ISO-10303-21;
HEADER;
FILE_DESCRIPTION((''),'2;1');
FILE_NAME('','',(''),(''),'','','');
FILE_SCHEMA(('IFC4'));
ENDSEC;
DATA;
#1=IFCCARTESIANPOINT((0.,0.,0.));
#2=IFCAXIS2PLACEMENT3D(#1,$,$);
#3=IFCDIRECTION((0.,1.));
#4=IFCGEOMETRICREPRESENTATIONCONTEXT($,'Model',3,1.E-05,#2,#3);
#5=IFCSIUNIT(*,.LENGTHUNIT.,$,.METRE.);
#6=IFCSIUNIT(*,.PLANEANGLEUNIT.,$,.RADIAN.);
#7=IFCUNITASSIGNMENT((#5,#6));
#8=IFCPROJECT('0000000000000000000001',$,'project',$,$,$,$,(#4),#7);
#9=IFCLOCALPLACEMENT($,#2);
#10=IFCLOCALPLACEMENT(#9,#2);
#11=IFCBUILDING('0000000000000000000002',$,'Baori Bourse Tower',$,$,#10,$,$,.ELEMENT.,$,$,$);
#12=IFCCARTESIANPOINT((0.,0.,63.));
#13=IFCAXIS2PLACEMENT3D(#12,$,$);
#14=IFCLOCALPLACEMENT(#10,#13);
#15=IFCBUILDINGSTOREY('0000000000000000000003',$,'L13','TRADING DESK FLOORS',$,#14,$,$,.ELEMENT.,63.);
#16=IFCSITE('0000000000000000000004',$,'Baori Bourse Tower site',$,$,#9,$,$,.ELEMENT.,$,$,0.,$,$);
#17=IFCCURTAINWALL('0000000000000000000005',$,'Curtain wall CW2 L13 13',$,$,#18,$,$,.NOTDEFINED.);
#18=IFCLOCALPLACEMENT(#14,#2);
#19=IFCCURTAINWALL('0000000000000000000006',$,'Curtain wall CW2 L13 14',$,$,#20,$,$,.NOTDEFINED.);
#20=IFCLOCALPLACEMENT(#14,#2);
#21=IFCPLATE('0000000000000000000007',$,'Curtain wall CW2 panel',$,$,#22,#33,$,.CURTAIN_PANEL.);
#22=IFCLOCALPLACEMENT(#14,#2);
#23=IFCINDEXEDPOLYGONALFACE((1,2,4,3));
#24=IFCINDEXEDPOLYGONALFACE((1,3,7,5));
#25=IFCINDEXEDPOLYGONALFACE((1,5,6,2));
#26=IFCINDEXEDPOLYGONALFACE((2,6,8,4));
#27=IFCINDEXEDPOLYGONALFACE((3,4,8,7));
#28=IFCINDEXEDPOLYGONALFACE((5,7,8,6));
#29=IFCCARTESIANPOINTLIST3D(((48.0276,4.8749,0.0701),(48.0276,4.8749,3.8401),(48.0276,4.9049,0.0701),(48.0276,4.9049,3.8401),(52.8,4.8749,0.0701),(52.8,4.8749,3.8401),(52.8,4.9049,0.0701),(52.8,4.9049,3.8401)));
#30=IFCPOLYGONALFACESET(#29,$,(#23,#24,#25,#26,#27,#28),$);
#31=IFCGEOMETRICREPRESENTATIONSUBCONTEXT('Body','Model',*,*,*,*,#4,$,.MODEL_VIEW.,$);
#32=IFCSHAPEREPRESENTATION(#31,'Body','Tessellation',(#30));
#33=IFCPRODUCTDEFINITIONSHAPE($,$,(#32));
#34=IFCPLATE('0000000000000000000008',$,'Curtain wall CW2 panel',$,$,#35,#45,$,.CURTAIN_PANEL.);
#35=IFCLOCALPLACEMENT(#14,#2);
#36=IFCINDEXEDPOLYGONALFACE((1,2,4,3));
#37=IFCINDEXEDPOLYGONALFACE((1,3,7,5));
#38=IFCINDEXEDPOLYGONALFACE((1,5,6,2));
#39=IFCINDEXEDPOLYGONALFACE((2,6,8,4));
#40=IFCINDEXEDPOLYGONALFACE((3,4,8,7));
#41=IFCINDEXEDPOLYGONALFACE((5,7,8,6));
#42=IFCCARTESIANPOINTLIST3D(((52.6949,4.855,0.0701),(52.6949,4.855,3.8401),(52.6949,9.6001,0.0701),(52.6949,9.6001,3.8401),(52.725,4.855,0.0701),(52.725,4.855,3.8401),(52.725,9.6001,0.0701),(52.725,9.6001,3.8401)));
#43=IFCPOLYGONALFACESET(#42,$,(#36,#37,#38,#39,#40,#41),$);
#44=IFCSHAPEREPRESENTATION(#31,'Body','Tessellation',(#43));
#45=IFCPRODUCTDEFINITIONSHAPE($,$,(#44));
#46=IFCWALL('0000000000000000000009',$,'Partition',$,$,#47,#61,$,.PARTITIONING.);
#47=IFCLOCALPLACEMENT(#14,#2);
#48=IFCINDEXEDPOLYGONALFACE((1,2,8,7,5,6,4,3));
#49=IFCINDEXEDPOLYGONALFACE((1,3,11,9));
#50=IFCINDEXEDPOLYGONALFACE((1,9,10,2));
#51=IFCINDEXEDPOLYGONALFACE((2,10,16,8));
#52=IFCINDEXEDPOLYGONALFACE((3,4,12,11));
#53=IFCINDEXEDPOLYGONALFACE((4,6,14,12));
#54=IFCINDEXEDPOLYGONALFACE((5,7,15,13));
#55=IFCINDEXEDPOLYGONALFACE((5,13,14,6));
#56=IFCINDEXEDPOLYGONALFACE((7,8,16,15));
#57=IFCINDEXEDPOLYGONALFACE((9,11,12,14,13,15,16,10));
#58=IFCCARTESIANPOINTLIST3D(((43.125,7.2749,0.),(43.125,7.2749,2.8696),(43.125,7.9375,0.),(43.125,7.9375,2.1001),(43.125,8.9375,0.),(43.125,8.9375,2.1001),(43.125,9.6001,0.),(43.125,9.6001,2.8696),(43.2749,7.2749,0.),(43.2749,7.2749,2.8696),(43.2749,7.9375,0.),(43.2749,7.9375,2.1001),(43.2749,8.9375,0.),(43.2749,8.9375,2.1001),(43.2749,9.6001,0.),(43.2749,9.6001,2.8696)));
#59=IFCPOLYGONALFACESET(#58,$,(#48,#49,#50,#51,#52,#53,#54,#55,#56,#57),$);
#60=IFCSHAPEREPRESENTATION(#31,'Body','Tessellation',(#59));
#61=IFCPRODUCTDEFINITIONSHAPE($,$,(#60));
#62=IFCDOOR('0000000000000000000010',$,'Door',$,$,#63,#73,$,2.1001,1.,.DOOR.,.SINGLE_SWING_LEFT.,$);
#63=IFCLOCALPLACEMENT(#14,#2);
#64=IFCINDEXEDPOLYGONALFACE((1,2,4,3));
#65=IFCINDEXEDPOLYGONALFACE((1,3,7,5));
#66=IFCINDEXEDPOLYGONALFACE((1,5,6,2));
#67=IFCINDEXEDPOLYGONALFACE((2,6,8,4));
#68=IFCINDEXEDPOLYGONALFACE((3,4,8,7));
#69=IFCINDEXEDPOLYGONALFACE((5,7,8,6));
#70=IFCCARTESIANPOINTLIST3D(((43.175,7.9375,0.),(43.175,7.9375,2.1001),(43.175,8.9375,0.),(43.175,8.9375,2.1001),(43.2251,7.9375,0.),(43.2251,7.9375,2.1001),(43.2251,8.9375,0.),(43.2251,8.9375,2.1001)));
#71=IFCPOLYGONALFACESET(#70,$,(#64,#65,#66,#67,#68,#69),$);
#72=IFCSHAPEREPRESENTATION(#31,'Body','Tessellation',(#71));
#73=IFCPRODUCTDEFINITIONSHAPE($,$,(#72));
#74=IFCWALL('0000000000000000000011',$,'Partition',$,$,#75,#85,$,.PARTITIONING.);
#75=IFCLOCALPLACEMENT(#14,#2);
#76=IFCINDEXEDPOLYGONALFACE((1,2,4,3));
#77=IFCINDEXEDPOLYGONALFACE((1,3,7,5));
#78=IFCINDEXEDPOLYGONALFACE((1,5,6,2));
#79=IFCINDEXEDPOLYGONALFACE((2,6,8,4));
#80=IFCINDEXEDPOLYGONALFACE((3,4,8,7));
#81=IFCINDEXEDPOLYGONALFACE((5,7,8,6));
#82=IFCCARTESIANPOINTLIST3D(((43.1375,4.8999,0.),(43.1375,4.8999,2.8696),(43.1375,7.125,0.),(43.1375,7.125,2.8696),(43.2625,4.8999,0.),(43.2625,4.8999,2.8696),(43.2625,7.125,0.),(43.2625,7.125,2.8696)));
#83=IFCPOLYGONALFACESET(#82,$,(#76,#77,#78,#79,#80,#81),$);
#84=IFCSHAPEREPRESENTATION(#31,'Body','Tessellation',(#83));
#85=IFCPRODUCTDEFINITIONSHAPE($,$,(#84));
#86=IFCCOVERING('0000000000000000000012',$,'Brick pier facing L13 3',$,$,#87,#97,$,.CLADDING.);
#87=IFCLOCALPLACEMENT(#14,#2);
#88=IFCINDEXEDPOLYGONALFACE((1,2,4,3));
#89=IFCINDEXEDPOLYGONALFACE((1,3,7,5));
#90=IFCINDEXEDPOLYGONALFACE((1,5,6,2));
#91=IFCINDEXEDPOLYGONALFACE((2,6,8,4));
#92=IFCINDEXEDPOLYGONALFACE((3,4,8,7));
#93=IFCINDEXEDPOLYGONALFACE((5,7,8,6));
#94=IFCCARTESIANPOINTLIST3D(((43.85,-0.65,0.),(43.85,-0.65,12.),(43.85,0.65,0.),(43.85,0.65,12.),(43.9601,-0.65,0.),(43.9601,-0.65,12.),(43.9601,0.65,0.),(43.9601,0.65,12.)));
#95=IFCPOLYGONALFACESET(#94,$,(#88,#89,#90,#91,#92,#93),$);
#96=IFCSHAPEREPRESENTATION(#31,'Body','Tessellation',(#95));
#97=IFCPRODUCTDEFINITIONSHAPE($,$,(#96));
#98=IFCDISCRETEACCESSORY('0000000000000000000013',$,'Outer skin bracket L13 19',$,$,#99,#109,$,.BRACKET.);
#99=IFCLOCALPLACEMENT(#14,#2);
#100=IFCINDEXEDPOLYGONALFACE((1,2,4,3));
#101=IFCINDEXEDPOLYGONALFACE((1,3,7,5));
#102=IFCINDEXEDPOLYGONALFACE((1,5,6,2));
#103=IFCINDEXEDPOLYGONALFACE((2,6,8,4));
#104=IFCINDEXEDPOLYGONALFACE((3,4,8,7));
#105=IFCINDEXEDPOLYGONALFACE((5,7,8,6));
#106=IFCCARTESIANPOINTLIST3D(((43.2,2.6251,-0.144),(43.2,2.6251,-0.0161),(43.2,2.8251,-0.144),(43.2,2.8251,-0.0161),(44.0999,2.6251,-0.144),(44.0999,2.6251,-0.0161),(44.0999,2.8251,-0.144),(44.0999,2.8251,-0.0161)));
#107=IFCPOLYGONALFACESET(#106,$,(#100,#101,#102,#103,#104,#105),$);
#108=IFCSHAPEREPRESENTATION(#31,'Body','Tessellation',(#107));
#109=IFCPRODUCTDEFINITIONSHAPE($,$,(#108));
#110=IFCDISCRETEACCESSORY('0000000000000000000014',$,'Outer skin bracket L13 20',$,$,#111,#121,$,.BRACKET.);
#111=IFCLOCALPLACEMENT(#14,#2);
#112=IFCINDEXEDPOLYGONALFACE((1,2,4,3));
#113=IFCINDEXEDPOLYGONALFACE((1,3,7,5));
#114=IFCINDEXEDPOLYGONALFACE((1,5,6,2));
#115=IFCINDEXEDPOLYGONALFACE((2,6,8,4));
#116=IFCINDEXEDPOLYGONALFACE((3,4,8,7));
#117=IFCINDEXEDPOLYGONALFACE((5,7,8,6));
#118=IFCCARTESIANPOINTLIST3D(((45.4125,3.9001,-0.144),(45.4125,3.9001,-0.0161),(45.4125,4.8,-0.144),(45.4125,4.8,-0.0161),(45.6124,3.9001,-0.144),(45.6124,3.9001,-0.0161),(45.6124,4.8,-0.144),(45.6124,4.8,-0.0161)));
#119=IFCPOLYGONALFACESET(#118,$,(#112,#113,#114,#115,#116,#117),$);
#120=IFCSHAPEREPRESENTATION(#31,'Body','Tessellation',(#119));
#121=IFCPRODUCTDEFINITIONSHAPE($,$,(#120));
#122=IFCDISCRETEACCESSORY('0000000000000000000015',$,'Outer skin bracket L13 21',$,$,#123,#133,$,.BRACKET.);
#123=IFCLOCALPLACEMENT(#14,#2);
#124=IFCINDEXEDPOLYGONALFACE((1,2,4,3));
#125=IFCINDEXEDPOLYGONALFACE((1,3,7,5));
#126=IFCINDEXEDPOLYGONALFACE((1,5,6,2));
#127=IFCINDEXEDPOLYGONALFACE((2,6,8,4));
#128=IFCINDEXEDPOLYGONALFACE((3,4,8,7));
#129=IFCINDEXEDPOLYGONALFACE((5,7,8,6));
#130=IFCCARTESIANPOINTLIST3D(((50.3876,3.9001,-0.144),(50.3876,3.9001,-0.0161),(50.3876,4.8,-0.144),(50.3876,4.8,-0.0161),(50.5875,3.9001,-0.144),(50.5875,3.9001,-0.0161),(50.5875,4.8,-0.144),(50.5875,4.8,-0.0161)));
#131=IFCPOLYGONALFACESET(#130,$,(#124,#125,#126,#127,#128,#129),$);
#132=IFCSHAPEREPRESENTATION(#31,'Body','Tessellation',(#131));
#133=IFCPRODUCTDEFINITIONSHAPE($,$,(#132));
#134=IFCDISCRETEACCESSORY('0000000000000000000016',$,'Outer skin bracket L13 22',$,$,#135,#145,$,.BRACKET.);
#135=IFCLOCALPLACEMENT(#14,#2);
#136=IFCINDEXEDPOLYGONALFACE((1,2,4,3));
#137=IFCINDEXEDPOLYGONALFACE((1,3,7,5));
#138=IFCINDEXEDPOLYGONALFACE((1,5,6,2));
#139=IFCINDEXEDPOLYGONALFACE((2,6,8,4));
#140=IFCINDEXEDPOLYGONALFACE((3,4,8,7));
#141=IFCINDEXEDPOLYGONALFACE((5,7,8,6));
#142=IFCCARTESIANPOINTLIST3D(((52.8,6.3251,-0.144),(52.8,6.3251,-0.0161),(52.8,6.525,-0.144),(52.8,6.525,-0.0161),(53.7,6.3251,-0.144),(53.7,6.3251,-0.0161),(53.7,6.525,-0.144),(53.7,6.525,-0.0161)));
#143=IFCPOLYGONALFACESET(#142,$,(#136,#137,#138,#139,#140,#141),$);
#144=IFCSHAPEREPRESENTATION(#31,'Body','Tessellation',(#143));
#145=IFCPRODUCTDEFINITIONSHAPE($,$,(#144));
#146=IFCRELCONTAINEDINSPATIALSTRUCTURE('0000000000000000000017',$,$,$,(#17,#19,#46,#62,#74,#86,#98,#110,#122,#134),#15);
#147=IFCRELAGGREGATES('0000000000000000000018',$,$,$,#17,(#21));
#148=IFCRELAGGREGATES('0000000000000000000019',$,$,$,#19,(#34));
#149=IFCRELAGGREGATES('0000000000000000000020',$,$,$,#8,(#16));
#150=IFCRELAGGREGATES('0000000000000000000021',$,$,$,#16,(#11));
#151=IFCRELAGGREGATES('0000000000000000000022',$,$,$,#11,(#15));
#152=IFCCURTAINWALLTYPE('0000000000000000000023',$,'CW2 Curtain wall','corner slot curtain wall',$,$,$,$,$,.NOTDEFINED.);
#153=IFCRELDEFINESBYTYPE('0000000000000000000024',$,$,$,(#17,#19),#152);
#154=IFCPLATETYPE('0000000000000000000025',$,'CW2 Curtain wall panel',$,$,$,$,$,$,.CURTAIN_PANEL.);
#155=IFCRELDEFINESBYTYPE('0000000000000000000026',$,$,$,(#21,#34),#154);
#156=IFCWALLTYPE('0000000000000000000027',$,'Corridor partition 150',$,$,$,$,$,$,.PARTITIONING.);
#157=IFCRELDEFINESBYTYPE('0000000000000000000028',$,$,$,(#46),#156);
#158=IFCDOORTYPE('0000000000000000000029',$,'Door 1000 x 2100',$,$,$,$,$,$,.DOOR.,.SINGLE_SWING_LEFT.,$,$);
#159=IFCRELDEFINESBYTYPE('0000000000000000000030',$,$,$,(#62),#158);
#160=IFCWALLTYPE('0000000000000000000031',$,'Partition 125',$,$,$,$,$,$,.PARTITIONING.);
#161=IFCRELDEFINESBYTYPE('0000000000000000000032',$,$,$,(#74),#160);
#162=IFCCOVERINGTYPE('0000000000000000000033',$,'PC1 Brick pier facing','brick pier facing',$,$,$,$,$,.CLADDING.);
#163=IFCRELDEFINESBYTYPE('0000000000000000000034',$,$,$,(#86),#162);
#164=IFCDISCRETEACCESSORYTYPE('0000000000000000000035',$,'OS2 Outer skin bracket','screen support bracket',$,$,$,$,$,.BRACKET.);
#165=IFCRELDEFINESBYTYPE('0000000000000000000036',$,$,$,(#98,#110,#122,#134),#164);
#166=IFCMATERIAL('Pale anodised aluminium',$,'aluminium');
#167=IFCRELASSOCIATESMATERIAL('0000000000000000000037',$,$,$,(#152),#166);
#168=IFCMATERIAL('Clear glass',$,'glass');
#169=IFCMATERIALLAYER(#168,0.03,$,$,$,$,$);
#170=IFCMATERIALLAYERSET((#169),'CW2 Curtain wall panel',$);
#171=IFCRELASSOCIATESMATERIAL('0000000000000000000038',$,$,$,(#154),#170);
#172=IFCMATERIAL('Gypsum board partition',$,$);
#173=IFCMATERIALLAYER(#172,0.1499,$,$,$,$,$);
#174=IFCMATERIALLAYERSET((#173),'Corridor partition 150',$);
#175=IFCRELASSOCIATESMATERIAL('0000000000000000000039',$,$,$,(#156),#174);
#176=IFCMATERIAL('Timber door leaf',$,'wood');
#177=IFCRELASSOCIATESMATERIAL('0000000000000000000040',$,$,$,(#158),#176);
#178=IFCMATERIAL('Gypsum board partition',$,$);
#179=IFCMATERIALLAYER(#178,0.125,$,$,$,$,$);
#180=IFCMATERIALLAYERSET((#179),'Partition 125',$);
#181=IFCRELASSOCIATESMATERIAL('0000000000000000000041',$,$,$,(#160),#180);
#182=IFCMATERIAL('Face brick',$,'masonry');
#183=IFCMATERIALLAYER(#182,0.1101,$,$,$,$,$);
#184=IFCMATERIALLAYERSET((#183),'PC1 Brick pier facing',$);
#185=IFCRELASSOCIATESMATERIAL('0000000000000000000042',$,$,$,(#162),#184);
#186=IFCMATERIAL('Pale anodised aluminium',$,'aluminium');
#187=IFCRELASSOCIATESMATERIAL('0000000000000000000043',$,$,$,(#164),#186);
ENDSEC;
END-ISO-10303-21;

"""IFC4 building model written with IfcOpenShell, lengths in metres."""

from ifc_helpers import new_model, si_unit, direction, frame, frame_2d, origin, origin_2d, place, context, subcontext, project, spatial, rectangle, extrude, material, layer, layer_set, type_object, element, fill, aggregate, save


model = new_model("IFC4")

# Units and contexts
model_context = context("Model", 3, precision=1e-05, world=origin(), true_north=direction((0.0, 1.0)))
body_context = subcontext(model_context, "Body", "Model", "MODEL_VIEW")
ifc_project = project(units=[si_unit("LENGTHUNIT", "METRE"), si_unit("PLANEANGLEUNIT", "RADIAN")], contexts=[model_context])

# Site, building, storey
site_placement = place(None, origin())
site = spatial("IfcSite", under=ifc_project, at=site_placement, Name="Baori Bourse Tower site", CompositionType="ELEMENT", RefElevation=0.0)
building_placement = place(site_placement, origin())
building = spatial("IfcBuilding", under=site, at=building_placement, Name="Baori Bourse Tower", CompositionType="ELEMENT")
storey_placement = place(building_placement, frame((0.0, 0.0, 63.0)))
storey = spatial("IfcBuildingStorey", under=building, at=storey_placement, Name="L13", Description="TRADING DESK FLOORS", CompositionType="ELEMENT", Elevation=63.0)

# Curtain wall
ifc_material_1 = material(Name="Pale anodised aluminium", Category="aluminium")
curtain_wall_type = type_object("IfcCurtainWallType", Name="CW2 Curtain wall", Description="corner slot curtain wall", PredefinedType="NOTDEFINED", material=ifc_material_1)
curtain_wall_1_placement = place(storey_placement, origin())
curtain_wall_1 = element("IfcCurtainWall", 1, at=curtain_wall_1_placement, inside=storey, type_object=curtain_wall_type, Name="Curtain wall CW2 L13 13", PredefinedType="NOTDEFINED")

# Curtain wall
curtain_wall_2_placement = place(storey_placement, origin())
curtain_wall_2 = element("IfcCurtainWall", 2, at=curtain_wall_2_placement, inside=storey, type_object=curtain_wall_type, Name="Curtain wall CW2 L13 14", PredefinedType="NOTDEFINED")

# Plates
ifc_material_2 = material(Name="Clear glass", Category="glass")
ifc_layer_1 = layer(ifc_material_2, 0.03)
ifc_layer_set_1 = layer_set([ifc_layer_1], Name="CW2 Curtain wall panel")
plate_type = type_object("IfcPlateType", Name="CW2 Curtain wall panel", PredefinedType="CURTAIN_PANEL", material=ifc_layer_set_1)
plate_1_placement = place(storey_placement, frame((50.4138, 4.8899, 0.0701), z_axis=(0.0, 0.0, 1.0), x_axis=(1.0, 0.0, 0.0)))
plate_1 = element("IfcPlate", 3, at=plate_1_placement, type_object=plate_type, Name="Curtain wall CW2 panel", PredefinedType="CURTAIN_PANEL", context=body_context, shape_type="SweptSolid", body=[
    extrude(rectangle(XDim=4.7725, YDim=0.03, at=origin_2d()), origin(), (0.0, 0.0, 1.0), 3.77),
])
aggregate(curtain_wall_1, [plate_1])
plate_2_placement = place(storey_placement, frame((52.71, 7.2275, 0.0701), z_axis=(0.0, 0.0, 1.0), x_axis=(0.0, 1.0, 0.0)))
plate_2 = element("IfcPlate", 4, at=plate_2_placement, type_object=plate_type, Name="Curtain wall CW2 panel", PredefinedType="CURTAIN_PANEL", context=body_context, shape_type="SweptSolid", body=[
    extrude(rectangle(XDim=4.7451, YDim=0.03, at=origin_2d()), origin(), (0.0, 0.0, 1.0), 3.77),
])
aggregate(curtain_wall_2, [plate_2])

# Wall, opening, door
ifc_material_3 = material(Name="Gypsum board partition")
ifc_layer_2 = layer(ifc_material_3, 0.1499)
ifc_layer_set_2 = layer_set([ifc_layer_2], Name="Corridor partition 150")
wall_type_1 = type_object("IfcWallType", Name="Corridor partition 150", PredefinedType="PARTITIONING", material=ifc_layer_set_2)
wall_1_placement = place(storey_placement, frame((43.2, 7.2749, 0.0), z_axis=(0.0, 0.0, 1.0), x_axis=(0.0, 1.0, 0.0)))
wall_1 = element("IfcWall", 5, at=wall_1_placement, inside=storey, type_object=wall_type_1, Name="Partition", PredefinedType="PARTITIONING", context=body_context, shape_type="SweptSolid", body=[
    extrude(rectangle(XDim=2.3252, YDim=0.1499, at=frame_2d((1.1626, 0.0))), origin(), (0.0, 0.0, 1.0), 2.8696),
])
opening_placement = place(wall_1_placement, frame((0.6626, 0.0, 0.0)))
opening = element("IfcOpeningElement", 6, at=opening_placement, cuts=wall_1, PredefinedType="OPENING", context=body_context, shape_type="SweptSolid", body=[
    extrude(rectangle(XDim=1.0, YDim=2.1001, at=frame_2d((0.5, 1.05))), frame((0.0, 0.085, 0.0), z_axis=(0.0, -1.0, 0.0), x_axis=(1.0, 0.0, 0.0)), (0.0, 0.0, 1.0), 0.1699),
])
ifc_material_4 = material(Name="Timber door leaf", Category="wood")
door_type = type_object("IfcDoorType", Name="Door 1000 x 2100", OperationType="SINGLE_SWING_LEFT", PredefinedType="DOOR", material=ifc_material_4)
door_placement = place(opening_placement, origin())
door = element("IfcDoor", 7, at=door_placement, inside=storey, type_object=door_type, Name="Door", OperationType="SINGLE_SWING_LEFT", OverallHeight=2.1001, OverallWidth=1.0, PredefinedType="DOOR", context=body_context, shape_type="SweptSolid", body=[
    extrude(rectangle(XDim=1.0, YDim=2.1001, at=frame_2d((0.5, 1.05))), frame((0.0, 0.0249, 0.0), z_axis=(0.0, -1.0, 0.0), x_axis=(1.0, 0.0, 0.0)), (0.0, 0.0, 1.0), 0.05),
])
fill(opening, door)

# Wall
ifc_material_5 = material(Name="Gypsum board partition")
ifc_layer_3 = layer(ifc_material_5, 0.125)
ifc_layer_set_3 = layer_set([ifc_layer_3], Name="Partition 125")
wall_type_2 = type_object("IfcWallType", Name="Partition 125", PredefinedType="PARTITIONING", material=ifc_layer_set_3)
wall_2_placement = place(storey_placement, frame((43.2, 4.8999, 0.0), z_axis=(0.0, 0.0, 1.0), x_axis=(0.0, 1.0, 0.0)))
element("IfcWall", 8, at=wall_2_placement, inside=storey, type_object=wall_type_2, Name="Partition", PredefinedType="PARTITIONING", context=body_context, shape_type="SweptSolid", body=[
    extrude(rectangle(XDim=2.2251, YDim=0.125, at=frame_2d((1.1125, 0.0))), origin(), (0.0, 0.0, 1.0), 2.8696),
])

# Covering
ifc_material_6 = material(Name="Face brick", Category="masonry")
ifc_layer_4 = layer(ifc_material_6, 0.1101)
ifc_layer_set_4 = layer_set([ifc_layer_4], Name="PC1 Brick pier facing")
covering_type = type_object("IfcCoveringType", Name="PC1 Brick pier facing", Description="brick pier facing", PredefinedType="CLADDING", material=ifc_layer_set_4)
covering_placement = place(storey_placement, frame((43.905, 0.0, 0.0), z_axis=(0.0, 0.0, 1.0), x_axis=(1.0, 0.0, 0.0)))
element("IfcCovering", 9, at=covering_placement, inside=storey, type_object=covering_type, Name="Brick pier facing L13 3", PredefinedType="CLADDING", context=body_context, shape_type="SweptSolid", body=[
    extrude(rectangle(XDim=0.1101, YDim=1.3, at=origin_2d()), origin(), (0.0, 0.0, 1.0), 12.0),
])

# Discrete accessories
ifc_material_7 = material(Name="Pale anodised aluminium", Category="aluminium")
discrete_accessory_type = type_object("IfcDiscreteAccessoryType", Name="OS2 Outer skin bracket", Description="screen support bracket", PredefinedType="BRACKET", material=ifc_material_7)
for number, where, z_axis, x_axis, name in (
    (10, (43.6499, 2.7251, -0.144), (0.0, 0.0, 1.0), (0.0, 1.0, 0.0), "Outer skin bracket L13 19"),
    (11, (45.5125, 4.3501, -0.144), (0.0, 0.0, 1.0), (1.0, 0.0, 0.0), "Outer skin bracket L13 20"),
    (12, (50.4875, 4.3501, -0.144), (0.0, 0.0, 1.0), (1.0, 0.0, 0.0), "Outer skin bracket L13 21"),
    (13, (53.25, 6.425, -0.144), (0.0, 0.0, 1.0), (0.0, 1.0, 0.0), "Outer skin bracket L13 22"),
):
    element("IfcDiscreteAccessory", number, at=place(storey_placement, frame(where, z_axis=z_axis, x_axis=x_axis)), inside=storey, type_object=discrete_accessory_type, Name=name, PredefinedType="BRACKET", context=body_context, shape_type="SweptSolid", body=[
        extrude(rectangle(XDim=0.2, YDim=0.8999, at=origin_2d()), origin(), (0.0, 0.0, 1.0), 0.1279),
    ])

save(model, "model.ifc")
